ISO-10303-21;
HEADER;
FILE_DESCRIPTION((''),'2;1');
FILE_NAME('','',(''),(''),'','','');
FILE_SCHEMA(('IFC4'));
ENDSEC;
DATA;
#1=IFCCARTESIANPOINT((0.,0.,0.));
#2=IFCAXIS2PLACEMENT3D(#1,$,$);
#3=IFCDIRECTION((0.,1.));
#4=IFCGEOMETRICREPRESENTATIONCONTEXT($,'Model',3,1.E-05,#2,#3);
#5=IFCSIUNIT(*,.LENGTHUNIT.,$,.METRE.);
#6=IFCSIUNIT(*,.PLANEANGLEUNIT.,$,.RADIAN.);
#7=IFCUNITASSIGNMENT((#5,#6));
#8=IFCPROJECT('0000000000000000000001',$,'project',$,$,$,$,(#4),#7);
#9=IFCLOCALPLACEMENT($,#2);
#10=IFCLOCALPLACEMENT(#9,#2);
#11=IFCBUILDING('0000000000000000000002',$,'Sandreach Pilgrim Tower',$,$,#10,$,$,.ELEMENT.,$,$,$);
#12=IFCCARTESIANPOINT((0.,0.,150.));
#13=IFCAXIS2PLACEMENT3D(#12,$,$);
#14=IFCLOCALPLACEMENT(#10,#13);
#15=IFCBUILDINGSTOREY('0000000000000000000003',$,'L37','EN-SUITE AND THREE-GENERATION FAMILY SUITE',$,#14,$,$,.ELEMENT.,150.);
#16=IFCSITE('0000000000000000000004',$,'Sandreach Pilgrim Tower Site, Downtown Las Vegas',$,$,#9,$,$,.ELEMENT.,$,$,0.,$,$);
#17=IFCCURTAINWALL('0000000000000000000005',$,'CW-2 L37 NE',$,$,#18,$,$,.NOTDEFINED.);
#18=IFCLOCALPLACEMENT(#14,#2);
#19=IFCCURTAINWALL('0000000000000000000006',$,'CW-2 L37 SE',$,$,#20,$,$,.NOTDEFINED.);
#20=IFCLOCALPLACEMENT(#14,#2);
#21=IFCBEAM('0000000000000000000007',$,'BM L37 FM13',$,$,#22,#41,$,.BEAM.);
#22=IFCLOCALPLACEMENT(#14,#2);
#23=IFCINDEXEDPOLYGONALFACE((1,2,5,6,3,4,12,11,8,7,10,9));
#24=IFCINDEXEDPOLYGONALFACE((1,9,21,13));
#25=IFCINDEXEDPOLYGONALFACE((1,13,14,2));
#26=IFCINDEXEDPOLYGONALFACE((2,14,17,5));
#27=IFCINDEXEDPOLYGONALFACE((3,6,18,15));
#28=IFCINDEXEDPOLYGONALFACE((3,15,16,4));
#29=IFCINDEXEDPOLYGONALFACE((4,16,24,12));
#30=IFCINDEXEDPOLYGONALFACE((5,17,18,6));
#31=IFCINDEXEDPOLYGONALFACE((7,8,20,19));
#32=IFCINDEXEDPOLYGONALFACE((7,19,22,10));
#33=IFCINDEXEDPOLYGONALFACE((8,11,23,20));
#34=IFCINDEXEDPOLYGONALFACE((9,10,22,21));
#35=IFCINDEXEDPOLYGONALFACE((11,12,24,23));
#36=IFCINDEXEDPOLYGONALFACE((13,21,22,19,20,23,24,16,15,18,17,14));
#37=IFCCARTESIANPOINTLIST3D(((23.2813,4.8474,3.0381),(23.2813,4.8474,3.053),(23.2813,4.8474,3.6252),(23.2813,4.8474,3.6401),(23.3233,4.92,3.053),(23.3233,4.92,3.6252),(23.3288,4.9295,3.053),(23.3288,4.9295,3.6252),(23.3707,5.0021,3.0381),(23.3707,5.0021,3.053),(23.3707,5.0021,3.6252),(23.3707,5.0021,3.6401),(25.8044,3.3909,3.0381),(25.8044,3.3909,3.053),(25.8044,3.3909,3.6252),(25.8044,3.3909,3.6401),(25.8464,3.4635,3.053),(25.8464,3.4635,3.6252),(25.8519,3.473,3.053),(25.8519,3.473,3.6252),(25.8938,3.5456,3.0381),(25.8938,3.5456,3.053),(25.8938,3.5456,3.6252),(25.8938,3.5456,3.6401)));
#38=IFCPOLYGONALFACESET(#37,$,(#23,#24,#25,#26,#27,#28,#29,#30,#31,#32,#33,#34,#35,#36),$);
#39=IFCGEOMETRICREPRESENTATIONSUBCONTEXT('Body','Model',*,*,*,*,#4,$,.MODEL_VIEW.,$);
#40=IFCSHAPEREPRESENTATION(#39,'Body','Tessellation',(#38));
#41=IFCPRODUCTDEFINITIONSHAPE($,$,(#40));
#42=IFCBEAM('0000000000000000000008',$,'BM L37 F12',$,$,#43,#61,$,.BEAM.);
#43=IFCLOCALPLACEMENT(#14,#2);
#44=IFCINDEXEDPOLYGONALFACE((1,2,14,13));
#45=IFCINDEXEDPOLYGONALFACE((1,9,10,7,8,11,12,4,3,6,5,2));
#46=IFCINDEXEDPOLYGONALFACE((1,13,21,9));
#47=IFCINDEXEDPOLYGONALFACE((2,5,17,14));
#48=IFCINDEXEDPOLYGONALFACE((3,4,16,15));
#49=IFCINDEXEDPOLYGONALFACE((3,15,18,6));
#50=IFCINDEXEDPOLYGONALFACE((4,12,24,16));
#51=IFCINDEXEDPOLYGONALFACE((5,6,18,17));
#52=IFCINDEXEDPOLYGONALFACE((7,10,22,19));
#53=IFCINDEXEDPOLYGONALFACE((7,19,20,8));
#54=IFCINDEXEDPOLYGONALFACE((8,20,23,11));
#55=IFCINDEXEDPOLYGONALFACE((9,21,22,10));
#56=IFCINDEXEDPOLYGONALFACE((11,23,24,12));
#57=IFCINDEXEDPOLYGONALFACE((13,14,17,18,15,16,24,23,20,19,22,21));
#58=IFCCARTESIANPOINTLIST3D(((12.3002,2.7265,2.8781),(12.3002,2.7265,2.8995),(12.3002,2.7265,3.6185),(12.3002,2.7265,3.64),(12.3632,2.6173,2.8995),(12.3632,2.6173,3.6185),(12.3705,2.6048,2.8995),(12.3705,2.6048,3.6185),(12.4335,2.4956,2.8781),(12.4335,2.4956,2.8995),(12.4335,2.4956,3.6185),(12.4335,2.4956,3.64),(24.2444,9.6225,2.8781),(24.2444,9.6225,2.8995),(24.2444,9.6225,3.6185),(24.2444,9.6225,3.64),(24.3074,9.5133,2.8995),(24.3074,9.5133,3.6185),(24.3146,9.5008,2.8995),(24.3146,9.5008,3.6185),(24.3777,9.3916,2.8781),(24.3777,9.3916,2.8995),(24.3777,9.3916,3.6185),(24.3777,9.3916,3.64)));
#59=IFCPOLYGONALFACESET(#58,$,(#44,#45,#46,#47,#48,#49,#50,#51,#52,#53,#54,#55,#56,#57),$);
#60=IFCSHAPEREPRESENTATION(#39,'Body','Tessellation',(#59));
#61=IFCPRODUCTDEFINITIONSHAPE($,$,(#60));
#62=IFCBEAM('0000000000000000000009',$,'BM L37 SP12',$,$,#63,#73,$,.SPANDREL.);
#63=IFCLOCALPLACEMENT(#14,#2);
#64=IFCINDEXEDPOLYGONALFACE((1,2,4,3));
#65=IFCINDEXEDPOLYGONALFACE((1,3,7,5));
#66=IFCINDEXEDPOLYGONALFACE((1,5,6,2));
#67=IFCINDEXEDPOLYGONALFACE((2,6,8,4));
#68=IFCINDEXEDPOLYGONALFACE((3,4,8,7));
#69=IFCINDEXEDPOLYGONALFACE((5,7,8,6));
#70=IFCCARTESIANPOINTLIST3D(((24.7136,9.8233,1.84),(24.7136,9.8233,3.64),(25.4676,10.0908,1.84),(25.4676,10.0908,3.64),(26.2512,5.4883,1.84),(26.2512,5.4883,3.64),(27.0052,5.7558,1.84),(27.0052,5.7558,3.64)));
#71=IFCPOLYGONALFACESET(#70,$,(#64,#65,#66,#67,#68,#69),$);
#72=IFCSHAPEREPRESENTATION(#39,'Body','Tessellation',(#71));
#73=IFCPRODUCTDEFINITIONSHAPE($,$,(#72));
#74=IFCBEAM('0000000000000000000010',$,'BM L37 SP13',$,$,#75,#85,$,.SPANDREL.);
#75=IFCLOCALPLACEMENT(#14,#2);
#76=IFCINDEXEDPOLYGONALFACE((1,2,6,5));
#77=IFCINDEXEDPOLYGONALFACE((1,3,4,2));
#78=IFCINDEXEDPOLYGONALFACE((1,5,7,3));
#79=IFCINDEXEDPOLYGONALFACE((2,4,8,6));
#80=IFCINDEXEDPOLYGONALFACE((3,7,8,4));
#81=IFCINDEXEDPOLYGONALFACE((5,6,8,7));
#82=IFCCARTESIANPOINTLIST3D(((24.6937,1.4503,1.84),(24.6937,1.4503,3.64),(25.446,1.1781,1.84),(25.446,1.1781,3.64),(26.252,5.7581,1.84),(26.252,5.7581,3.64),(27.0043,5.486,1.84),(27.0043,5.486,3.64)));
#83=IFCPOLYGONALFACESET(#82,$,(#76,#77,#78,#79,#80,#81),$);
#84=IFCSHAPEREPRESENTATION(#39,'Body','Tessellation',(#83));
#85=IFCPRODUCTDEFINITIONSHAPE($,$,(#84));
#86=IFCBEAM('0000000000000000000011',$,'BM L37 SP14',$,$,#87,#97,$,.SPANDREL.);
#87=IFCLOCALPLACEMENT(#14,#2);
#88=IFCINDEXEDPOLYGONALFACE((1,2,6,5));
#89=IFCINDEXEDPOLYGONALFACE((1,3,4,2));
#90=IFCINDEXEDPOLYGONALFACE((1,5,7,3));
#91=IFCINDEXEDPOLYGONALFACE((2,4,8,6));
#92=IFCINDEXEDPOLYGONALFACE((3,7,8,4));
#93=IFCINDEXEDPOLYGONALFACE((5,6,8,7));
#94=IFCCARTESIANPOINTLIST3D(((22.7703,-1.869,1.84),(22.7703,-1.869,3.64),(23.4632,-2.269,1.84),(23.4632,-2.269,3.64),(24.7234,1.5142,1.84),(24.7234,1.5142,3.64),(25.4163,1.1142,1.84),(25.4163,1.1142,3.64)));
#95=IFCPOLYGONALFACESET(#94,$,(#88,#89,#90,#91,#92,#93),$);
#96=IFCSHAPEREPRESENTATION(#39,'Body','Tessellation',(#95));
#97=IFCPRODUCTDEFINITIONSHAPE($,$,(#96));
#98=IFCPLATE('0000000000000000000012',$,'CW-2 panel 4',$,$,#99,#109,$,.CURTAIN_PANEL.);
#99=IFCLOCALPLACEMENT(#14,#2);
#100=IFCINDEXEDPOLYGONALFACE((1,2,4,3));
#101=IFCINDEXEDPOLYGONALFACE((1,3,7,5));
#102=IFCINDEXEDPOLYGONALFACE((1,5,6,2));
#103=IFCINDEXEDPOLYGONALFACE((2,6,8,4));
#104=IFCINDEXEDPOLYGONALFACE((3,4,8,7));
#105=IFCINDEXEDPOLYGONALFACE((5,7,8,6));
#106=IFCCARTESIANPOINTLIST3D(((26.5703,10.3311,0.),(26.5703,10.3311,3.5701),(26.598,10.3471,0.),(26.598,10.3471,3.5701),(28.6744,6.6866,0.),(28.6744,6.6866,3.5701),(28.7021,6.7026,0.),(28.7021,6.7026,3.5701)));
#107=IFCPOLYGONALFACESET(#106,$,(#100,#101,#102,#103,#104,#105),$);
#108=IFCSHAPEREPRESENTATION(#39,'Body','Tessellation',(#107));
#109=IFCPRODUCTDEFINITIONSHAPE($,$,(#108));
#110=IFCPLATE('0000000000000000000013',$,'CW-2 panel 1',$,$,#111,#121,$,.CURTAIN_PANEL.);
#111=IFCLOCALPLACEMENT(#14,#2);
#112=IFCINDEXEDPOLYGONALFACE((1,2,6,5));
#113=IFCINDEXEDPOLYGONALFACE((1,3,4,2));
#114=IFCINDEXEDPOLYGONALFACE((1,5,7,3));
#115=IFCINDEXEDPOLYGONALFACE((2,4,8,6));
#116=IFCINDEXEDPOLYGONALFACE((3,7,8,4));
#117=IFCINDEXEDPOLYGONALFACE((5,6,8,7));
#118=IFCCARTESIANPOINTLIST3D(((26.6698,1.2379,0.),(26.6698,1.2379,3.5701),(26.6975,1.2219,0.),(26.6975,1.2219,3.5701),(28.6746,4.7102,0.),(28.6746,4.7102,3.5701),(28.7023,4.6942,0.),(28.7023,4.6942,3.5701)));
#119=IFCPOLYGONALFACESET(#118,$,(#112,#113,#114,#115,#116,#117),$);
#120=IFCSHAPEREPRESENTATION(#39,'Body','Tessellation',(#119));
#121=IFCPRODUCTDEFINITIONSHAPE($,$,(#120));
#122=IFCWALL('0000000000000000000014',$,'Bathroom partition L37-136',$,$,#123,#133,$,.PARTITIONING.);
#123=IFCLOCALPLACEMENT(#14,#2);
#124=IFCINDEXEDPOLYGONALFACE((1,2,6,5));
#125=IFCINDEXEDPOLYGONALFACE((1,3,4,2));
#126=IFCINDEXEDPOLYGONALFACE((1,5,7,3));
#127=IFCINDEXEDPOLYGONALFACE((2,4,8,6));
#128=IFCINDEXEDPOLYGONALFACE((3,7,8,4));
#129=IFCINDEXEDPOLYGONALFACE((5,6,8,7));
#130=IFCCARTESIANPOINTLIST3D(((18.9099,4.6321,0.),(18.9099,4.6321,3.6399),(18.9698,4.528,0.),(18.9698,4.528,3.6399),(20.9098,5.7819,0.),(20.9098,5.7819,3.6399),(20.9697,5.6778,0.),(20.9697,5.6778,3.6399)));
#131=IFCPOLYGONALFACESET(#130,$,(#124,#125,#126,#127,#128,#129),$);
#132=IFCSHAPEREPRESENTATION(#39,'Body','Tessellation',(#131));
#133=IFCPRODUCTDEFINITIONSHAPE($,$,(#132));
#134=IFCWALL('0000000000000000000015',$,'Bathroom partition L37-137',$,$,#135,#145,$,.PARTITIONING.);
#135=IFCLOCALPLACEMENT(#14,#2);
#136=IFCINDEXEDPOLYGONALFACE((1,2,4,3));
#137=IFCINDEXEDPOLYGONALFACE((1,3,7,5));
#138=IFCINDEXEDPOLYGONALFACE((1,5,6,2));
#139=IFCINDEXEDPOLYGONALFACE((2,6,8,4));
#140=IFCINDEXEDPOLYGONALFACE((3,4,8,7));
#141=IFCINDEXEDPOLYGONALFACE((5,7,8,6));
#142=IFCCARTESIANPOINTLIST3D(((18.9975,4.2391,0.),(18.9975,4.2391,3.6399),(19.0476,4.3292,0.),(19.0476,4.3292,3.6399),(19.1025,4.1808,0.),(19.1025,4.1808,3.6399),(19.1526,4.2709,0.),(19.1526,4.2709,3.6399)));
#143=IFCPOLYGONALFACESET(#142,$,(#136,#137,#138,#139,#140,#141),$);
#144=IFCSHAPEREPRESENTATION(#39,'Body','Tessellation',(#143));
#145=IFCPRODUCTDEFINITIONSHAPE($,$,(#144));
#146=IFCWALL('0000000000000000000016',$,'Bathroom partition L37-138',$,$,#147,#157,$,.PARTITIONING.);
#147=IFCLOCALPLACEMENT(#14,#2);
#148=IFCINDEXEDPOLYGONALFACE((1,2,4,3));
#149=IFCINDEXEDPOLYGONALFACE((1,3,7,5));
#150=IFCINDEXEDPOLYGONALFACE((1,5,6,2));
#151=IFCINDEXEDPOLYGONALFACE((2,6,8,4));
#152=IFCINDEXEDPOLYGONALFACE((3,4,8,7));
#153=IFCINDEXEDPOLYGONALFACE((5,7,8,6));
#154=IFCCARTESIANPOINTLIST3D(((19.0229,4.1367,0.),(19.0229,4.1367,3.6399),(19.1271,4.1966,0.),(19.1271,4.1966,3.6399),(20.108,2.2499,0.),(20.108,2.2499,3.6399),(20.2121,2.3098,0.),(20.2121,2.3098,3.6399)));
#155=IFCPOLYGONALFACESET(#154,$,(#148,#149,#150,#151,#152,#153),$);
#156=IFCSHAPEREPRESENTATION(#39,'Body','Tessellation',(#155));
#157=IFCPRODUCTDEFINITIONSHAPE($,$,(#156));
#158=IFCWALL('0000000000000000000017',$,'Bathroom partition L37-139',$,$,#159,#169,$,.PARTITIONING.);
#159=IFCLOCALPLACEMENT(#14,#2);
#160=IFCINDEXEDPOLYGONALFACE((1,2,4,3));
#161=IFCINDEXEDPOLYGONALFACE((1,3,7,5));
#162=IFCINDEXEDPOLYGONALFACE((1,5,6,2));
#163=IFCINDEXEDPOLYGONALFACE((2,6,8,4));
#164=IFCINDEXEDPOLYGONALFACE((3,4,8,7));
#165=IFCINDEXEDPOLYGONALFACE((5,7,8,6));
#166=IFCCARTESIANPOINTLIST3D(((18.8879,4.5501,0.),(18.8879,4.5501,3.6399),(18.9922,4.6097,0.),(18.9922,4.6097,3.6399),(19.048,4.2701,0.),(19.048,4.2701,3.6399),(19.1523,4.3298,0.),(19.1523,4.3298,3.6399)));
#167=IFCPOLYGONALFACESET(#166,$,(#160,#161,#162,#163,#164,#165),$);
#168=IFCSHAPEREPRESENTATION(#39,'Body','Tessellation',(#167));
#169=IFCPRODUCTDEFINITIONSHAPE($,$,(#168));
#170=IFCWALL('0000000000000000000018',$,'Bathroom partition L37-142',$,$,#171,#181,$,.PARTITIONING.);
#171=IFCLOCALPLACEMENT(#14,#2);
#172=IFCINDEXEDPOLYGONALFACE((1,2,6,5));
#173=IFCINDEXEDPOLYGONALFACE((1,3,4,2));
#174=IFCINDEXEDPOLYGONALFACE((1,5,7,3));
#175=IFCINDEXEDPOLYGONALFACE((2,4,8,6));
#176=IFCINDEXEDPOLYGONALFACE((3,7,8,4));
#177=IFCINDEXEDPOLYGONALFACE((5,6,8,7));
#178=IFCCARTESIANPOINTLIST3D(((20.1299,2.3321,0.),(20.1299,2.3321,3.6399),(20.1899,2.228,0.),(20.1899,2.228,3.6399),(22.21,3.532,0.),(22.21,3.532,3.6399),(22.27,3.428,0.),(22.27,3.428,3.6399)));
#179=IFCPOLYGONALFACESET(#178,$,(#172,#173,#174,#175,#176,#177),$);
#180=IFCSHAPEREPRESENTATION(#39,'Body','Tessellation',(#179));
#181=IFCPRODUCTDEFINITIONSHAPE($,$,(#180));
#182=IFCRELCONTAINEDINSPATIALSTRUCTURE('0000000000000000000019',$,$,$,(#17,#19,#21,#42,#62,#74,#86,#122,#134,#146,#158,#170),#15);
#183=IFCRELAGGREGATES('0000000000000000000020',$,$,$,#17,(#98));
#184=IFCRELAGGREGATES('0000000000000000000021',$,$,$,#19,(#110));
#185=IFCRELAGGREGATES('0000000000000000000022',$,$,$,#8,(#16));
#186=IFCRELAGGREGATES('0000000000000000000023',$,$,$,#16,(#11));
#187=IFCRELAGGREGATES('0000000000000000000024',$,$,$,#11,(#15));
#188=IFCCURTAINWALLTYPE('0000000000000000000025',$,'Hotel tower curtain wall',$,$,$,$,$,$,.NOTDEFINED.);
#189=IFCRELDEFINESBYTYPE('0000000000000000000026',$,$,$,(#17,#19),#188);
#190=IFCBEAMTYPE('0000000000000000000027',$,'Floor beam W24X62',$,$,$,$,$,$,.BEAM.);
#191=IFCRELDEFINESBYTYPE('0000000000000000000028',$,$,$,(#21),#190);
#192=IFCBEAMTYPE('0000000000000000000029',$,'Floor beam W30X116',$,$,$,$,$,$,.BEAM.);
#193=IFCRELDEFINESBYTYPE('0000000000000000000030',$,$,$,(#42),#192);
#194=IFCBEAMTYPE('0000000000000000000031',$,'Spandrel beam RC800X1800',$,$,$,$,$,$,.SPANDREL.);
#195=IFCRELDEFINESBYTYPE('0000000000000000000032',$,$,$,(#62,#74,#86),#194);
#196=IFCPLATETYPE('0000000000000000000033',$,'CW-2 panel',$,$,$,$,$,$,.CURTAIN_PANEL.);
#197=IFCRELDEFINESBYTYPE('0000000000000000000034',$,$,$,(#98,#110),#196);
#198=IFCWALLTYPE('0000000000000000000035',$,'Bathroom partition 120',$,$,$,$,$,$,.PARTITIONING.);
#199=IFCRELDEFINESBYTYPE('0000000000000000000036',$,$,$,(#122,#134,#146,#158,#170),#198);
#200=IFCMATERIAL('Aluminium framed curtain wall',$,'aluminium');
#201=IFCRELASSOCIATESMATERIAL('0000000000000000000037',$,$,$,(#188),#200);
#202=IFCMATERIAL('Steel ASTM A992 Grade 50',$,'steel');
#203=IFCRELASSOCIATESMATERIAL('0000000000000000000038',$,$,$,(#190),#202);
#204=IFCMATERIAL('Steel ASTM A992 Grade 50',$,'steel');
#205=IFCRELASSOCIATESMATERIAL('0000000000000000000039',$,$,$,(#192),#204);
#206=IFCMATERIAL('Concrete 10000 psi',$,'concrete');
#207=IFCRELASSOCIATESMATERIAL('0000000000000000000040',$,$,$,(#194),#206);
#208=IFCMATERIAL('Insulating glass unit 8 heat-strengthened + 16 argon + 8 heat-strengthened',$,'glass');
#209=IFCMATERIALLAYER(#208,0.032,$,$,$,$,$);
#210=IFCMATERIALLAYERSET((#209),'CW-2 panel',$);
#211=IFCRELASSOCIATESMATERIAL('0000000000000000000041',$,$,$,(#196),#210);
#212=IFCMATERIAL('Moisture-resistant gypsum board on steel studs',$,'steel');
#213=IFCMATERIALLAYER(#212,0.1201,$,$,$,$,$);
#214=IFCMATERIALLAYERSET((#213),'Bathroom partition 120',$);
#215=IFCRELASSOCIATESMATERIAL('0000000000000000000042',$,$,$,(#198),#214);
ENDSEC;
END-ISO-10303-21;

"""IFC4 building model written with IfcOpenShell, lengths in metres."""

from ifc_helpers import new_model, si_unit, direction, frame, frame_2d, origin, origin_2d, place, context, subcontext, project, spatial, rectangle, i_section, extrude, material, layer, layer_set, material_profile, profile_set, type_object, element, aggregate, save


model = new_model("IFC4")

# Units and contexts
model_context = context("Model", 3, precision=1e-05, world=origin(), true_north=direction((0.0, 1.0)))
body_context = subcontext(model_context, "Body", "Model", "MODEL_VIEW")
ifc_project = project(units=[si_unit("LENGTHUNIT", "METRE"), si_unit("PLANEANGLEUNIT", "RADIAN")], contexts=[model_context])

# Site, building, storey
site_placement = place(None, origin())
site = spatial("IfcSite", under=ifc_project, at=site_placement, Name="Sandreach Pilgrim Tower Site, Downtown Las Vegas", CompositionType="ELEMENT", RefElevation=0.0)
building_placement = place(site_placement, origin())
building = spatial("IfcBuilding", under=site, at=building_placement, Name="Sandreach Pilgrim Tower", CompositionType="ELEMENT")
storey_placement = place(building_placement, frame((0.0, 0.0, 150.0)))
storey = spatial("IfcBuildingStorey", under=building, at=storey_placement, Name="L37", Description="EN-SUITE AND THREE-GENERATION FAMILY SUITE", CompositionType="ELEMENT", Elevation=150.0)

# Curtain wall
ifc_material_1 = material(Name="Aluminium framed curtain wall", Category="aluminium")
curtain_wall_type = type_object("IfcCurtainWallType", Name="Hotel tower curtain wall", PredefinedType="NOTDEFINED", material=ifc_material_1)
curtain_wall_1_placement = place(storey_placement, origin())
curtain_wall_1 = element("IfcCurtainWall", 1, at=curtain_wall_1_placement, inside=storey, type_object=curtain_wall_type, Name="CW-2 L37 NE", PredefinedType="NOTDEFINED")

# Curtain wall
curtain_wall_2_placement = place(storey_placement, origin())
curtain_wall_2 = element("IfcCurtainWall", 2, at=curtain_wall_2_placement, inside=storey, type_object=curtain_wall_type, Name="CW-2 L37 SE", PredefinedType="NOTDEFINED")

# Beams
ifc_material_2 = material(Name="Steel ASTM A992 Grade 50", Category="steel")
ifc_material_profile_1 = material_profile(ifc_material_2, i_section(OverallWidth=0.1787, OverallDepth=0.6021, WebThickness=0.011, FlangeThickness=0.0149, at=origin_2d()), Name="W24X62")
ifc_profile_set_1 = profile_set([ifc_material_profile_1], Name="Steel ASTM A992 Grade 50")
beam_type_1 = type_object("IfcBeamType", Name="Floor beam W24X62", PredefinedType="BEAM", material=ifc_profile_set_1)
beam_1_placement = place(storey_placement, frame((25.8491, 3.4683, 3.3391), z_axis=(-0.866059, 0.499942, 0.0), x_axis=(-0.499942, -0.866059, 0.0)))
element("IfcBeam", 3, at=beam_1_placement, inside=storey, type_object=beam_type_1, Name="BM L37 FM13", PredefinedType="BEAM", context=body_context, shape_type="SweptSolid", body=[
    extrude(i_section(OverallWidth=0.1787, OverallDepth=0.6021, WebThickness=0.011, FlangeThickness=0.0149, at=origin_2d()), origin(), (0.0, 0.0, 1.0), 2.9133),
])
ifc_material_3 = material(Name="Steel ASTM A992 Grade 50", Category="steel")
ifc_material_profile_2 = material_profile(ifc_material_3, i_section(OverallWidth=0.2666, OverallDepth=0.762, WebThickness=0.0144, FlangeThickness=0.0215, at=origin_2d()), Name="W30X116")
ifc_profile_set_2 = profile_set([ifc_material_profile_2], Name="Steel ASTM A992 Grade 50")
beam_type_2 = type_object("IfcBeamType", Name="Floor beam W30X116", PredefinedType="BEAM", material=ifc_profile_set_2)
beam_2_placement = place(storey_placement, frame((24.311, 9.5071, 3.259), z_axis=(-0.866023, -0.500004, 0.0), x_axis=(0.500004, -0.866023, 0.0)))
element("IfcBeam", 4, at=beam_2_placement, inside=storey, type_object=beam_type_2, Name="BM L37 F12", PredefinedType="BEAM", context=body_context, shape_type="SweptSolid", body=[
    extrude(i_section(OverallWidth=0.2666, OverallDepth=0.762, WebThickness=0.0144, FlangeThickness=0.0215, at=origin_2d()), origin(), (0.0, 0.0, 1.0), 13.792),
])
ifc_material_4 = material(Name="Concrete 10000 psi", Category="concrete")
ifc_material_profile_3 = material_profile(ifc_material_4, rectangle(XDim=0.8, YDim=1.8, at=origin_2d()), Name="RC800X1800")
ifc_profile_set_3 = profile_set([ifc_material_profile_3], Name="Concrete 10000 psi")
beam_type_3 = type_object("IfcBeamType", Name="Spandrel beam RC800X1800", PredefinedType="SPANDREL", material=ifc_profile_set_3)
beam_3_placement = place(storey_placement, frame((25.0906, 9.957, 2.74), z_axis=(0.334291, -0.94247, 0.0), x_axis=(0.94247, 0.334291, 0.0)))
element("IfcBeam", 5, at=beam_3_placement, inside=storey, type_object=beam_type_3, Name="BM L37 SP12", PredefinedType="SPANDREL", context=body_context, shape_type="SweptSolid", body=[
    extrude(rectangle(XDim=0.8, YDim=1.8, at=origin_2d()), origin(), (0.0, 0.0, 1.0), 4.5996),
])
beam_4_placement = place(storey_placement, frame((26.6282, 5.6221, 2.74), z_axis=(-0.340172, -0.940363, 0.0), x_axis=(0.940363, -0.340172, 0.0)))
element("IfcBeam", 6, at=beam_4_placement, inside=storey, type_object=beam_type_3, Name="BM L37 SP13", PredefinedType="SPANDREL", context=body_context, shape_type="SweptSolid", body=[
    extrude(rectangle(XDim=0.8, YDim=1.8, at=origin_2d()), origin(), (0.0, 0.0, 1.0), 4.5811),
])
beam_5_placement = place(storey_placement, frame((25.0698, 1.3142, 2.74), z_axis=(-0.499957, -0.86605, 0.0), x_axis=(0.86605, -0.499957, 0.0)))
element("IfcBeam", 7, at=beam_5_placement, inside=storey, type_object=beam_type_3, Name="BM L37 SP14", PredefinedType="SPANDREL", context=body_context, shape_type="SweptSolid", body=[
    extrude(rectangle(XDim=0.8, YDim=1.8, at=origin_2d()), origin(), (0.0, 0.0, 1.0), 3.9065),
])

# Plates
ifc_material_5 = material(Name="Insulating glass unit 8 heat-strengthened + 16 argon + 8 heat-strengthened", Category="glass")
ifc_layer_1 = layer(ifc_material_5, 0.032)
ifc_layer_set_1 = layer_set([ifc_layer_1], Name="CW-2 panel")
plate_type = type_object("IfcPlateType", Name="CW-2 panel", PredefinedType="CURTAIN_PANEL", material=ifc_layer_set_1)
plate_1_placement = place(storey_placement, frame((27.6362, 8.5168, 0.0), z_axis=(0.0, 0.0, 1.0), x_axis=(0.5, -0.866025, 0.0)))
plate_1 = element("IfcPlate", 8, at=plate_1_placement, type_object=plate_type, Name="CW-2 panel 4", PredefinedType="CURTAIN_PANEL", context=body_context, shape_type="SweptSolid", body=[
    extrude(rectangle(XDim=4.2083, YDim=0.032, at=origin_2d()), origin(), (0.0, 0.0, 1.0), 3.5701),
])
aggregate(curtain_wall_1, [plate_1])
plate_2_placement = place(storey_placement, frame((27.686, 2.9661, 0.0), z_axis=(0.0, 0.0, 1.0), x_axis=(-0.5, -0.866025, 0.0)))
plate_2 = element("IfcPlate", 9, at=plate_2_placement, type_object=plate_type, Name="CW-2 panel 1", PredefinedType="CURTAIN_PANEL", context=body_context, shape_type="SweptSolid", body=[
    extrude(rectangle(XDim=4.0095, YDim=0.032, at=origin_2d()), origin(), (0.0, 0.0, 1.0), 3.5701),
])
aggregate(curtain_wall_2, [plate_2])

# Walls
ifc_material_6 = material(Name="Moisture-resistant gypsum board on steel studs", Category="steel")
ifc_layer_2 = layer(ifc_material_6, 0.1201)
ifc_layer_set_2 = layer_set([ifc_layer_2], Name="Bathroom partition 120")
wall_type_1 = type_object("IfcWallType", Name="Bathroom partition 120", PredefinedType="PARTITIONING", material=ifc_layer_set_2)
wall_1_placement = place(storey_placement, frame((18.9399, 4.5801, 0.0), z_axis=(0.0, 0.0, 1.0), x_axis=(0.866925, 0.498439, 0.0)))
element("IfcWall", 10, at=wall_1_placement, inside=storey, type_object=wall_type_1, Name="Bathroom partition L37-136", PredefinedType="PARTITIONING", context=body_context, shape_type="SweptSolid", body=[
    extrude(rectangle(XDim=2.3069, YDim=0.1201, at=frame_2d((1.1533, 0.0))), origin(), (0.0, 0.0, 1.0), 3.6399),
])
wall_2_placement = place(storey_placement, frame((19.05, 4.21, 0.0), z_axis=(0.0, 0.0, 1.0), x_axis=(0.485643, 0.874157, 0.0)))
element("IfcWall", 11, at=wall_2_placement, inside=storey, type_object=wall_type_1, Name="Bathroom partition L37-137", PredefinedType="PARTITIONING", context=body_context, shape_type="SweptSolid", body=[
    extrude(rectangle(XDim=0.103, YDim=0.1201, at=frame_2d((0.0515, 0.0))), origin(), (0.0, 0.0, 1.0), 3.6399),
])
wall_3_placement = place(storey_placement, frame((19.075, 4.1667, 0.0), z_axis=(0.0, 0.0, 1.0), x_axis=(0.498505, -0.866887, 0.0)))
element("IfcWall", 12, at=wall_3_placement, inside=storey, type_object=wall_type_1, Name="Bathroom partition L37-138", PredefinedType="PARTITIONING", context=body_context, shape_type="SweptSolid", body=[
    extrude(rectangle(XDim=2.1765, YDim=0.1201, at=frame_2d((1.0884, 0.0))), origin(), (0.0, 0.0, 1.0), 3.6399),
])
wall_4_placement = place(storey_placement, frame((19.1001, 4.3, 0.0), z_axis=(0.0, 0.0, 1.0), x_axis=(-0.496465, 0.868057, 0.0)))
element("IfcWall", 13, at=wall_4_placement, inside=storey, type_object=wall_type_1, Name="Bathroom partition L37-139", PredefinedType="PARTITIONING", context=body_context, shape_type="SweptSolid", body=[
    extrude(rectangle(XDim=0.3225, YDim=0.1201, at=frame_2d((0.1611, 0.0))), origin(), (0.0, 0.0, 1.0), 3.6399),
])
wall_5_placement = place(storey_placement, frame((20.1599, 2.28, 0.0), z_axis=(0.0, 0.0, 1.0), x_axis=(0.866203, 0.499693, 0.0)))
element("IfcWall", 14, at=wall_5_placement, inside=storey, type_object=wall_type_1, Name="Bathroom partition L37-142", PredefinedType="PARTITIONING", context=body_context, shape_type="SweptSolid", body=[
    extrude(rectangle(XDim=2.4014, YDim=0.1201, at=frame_2d((1.2007, 0.0))), origin(), (0.0, 0.0, 1.0), 3.6399),
])

save(model, "model.ifc")
